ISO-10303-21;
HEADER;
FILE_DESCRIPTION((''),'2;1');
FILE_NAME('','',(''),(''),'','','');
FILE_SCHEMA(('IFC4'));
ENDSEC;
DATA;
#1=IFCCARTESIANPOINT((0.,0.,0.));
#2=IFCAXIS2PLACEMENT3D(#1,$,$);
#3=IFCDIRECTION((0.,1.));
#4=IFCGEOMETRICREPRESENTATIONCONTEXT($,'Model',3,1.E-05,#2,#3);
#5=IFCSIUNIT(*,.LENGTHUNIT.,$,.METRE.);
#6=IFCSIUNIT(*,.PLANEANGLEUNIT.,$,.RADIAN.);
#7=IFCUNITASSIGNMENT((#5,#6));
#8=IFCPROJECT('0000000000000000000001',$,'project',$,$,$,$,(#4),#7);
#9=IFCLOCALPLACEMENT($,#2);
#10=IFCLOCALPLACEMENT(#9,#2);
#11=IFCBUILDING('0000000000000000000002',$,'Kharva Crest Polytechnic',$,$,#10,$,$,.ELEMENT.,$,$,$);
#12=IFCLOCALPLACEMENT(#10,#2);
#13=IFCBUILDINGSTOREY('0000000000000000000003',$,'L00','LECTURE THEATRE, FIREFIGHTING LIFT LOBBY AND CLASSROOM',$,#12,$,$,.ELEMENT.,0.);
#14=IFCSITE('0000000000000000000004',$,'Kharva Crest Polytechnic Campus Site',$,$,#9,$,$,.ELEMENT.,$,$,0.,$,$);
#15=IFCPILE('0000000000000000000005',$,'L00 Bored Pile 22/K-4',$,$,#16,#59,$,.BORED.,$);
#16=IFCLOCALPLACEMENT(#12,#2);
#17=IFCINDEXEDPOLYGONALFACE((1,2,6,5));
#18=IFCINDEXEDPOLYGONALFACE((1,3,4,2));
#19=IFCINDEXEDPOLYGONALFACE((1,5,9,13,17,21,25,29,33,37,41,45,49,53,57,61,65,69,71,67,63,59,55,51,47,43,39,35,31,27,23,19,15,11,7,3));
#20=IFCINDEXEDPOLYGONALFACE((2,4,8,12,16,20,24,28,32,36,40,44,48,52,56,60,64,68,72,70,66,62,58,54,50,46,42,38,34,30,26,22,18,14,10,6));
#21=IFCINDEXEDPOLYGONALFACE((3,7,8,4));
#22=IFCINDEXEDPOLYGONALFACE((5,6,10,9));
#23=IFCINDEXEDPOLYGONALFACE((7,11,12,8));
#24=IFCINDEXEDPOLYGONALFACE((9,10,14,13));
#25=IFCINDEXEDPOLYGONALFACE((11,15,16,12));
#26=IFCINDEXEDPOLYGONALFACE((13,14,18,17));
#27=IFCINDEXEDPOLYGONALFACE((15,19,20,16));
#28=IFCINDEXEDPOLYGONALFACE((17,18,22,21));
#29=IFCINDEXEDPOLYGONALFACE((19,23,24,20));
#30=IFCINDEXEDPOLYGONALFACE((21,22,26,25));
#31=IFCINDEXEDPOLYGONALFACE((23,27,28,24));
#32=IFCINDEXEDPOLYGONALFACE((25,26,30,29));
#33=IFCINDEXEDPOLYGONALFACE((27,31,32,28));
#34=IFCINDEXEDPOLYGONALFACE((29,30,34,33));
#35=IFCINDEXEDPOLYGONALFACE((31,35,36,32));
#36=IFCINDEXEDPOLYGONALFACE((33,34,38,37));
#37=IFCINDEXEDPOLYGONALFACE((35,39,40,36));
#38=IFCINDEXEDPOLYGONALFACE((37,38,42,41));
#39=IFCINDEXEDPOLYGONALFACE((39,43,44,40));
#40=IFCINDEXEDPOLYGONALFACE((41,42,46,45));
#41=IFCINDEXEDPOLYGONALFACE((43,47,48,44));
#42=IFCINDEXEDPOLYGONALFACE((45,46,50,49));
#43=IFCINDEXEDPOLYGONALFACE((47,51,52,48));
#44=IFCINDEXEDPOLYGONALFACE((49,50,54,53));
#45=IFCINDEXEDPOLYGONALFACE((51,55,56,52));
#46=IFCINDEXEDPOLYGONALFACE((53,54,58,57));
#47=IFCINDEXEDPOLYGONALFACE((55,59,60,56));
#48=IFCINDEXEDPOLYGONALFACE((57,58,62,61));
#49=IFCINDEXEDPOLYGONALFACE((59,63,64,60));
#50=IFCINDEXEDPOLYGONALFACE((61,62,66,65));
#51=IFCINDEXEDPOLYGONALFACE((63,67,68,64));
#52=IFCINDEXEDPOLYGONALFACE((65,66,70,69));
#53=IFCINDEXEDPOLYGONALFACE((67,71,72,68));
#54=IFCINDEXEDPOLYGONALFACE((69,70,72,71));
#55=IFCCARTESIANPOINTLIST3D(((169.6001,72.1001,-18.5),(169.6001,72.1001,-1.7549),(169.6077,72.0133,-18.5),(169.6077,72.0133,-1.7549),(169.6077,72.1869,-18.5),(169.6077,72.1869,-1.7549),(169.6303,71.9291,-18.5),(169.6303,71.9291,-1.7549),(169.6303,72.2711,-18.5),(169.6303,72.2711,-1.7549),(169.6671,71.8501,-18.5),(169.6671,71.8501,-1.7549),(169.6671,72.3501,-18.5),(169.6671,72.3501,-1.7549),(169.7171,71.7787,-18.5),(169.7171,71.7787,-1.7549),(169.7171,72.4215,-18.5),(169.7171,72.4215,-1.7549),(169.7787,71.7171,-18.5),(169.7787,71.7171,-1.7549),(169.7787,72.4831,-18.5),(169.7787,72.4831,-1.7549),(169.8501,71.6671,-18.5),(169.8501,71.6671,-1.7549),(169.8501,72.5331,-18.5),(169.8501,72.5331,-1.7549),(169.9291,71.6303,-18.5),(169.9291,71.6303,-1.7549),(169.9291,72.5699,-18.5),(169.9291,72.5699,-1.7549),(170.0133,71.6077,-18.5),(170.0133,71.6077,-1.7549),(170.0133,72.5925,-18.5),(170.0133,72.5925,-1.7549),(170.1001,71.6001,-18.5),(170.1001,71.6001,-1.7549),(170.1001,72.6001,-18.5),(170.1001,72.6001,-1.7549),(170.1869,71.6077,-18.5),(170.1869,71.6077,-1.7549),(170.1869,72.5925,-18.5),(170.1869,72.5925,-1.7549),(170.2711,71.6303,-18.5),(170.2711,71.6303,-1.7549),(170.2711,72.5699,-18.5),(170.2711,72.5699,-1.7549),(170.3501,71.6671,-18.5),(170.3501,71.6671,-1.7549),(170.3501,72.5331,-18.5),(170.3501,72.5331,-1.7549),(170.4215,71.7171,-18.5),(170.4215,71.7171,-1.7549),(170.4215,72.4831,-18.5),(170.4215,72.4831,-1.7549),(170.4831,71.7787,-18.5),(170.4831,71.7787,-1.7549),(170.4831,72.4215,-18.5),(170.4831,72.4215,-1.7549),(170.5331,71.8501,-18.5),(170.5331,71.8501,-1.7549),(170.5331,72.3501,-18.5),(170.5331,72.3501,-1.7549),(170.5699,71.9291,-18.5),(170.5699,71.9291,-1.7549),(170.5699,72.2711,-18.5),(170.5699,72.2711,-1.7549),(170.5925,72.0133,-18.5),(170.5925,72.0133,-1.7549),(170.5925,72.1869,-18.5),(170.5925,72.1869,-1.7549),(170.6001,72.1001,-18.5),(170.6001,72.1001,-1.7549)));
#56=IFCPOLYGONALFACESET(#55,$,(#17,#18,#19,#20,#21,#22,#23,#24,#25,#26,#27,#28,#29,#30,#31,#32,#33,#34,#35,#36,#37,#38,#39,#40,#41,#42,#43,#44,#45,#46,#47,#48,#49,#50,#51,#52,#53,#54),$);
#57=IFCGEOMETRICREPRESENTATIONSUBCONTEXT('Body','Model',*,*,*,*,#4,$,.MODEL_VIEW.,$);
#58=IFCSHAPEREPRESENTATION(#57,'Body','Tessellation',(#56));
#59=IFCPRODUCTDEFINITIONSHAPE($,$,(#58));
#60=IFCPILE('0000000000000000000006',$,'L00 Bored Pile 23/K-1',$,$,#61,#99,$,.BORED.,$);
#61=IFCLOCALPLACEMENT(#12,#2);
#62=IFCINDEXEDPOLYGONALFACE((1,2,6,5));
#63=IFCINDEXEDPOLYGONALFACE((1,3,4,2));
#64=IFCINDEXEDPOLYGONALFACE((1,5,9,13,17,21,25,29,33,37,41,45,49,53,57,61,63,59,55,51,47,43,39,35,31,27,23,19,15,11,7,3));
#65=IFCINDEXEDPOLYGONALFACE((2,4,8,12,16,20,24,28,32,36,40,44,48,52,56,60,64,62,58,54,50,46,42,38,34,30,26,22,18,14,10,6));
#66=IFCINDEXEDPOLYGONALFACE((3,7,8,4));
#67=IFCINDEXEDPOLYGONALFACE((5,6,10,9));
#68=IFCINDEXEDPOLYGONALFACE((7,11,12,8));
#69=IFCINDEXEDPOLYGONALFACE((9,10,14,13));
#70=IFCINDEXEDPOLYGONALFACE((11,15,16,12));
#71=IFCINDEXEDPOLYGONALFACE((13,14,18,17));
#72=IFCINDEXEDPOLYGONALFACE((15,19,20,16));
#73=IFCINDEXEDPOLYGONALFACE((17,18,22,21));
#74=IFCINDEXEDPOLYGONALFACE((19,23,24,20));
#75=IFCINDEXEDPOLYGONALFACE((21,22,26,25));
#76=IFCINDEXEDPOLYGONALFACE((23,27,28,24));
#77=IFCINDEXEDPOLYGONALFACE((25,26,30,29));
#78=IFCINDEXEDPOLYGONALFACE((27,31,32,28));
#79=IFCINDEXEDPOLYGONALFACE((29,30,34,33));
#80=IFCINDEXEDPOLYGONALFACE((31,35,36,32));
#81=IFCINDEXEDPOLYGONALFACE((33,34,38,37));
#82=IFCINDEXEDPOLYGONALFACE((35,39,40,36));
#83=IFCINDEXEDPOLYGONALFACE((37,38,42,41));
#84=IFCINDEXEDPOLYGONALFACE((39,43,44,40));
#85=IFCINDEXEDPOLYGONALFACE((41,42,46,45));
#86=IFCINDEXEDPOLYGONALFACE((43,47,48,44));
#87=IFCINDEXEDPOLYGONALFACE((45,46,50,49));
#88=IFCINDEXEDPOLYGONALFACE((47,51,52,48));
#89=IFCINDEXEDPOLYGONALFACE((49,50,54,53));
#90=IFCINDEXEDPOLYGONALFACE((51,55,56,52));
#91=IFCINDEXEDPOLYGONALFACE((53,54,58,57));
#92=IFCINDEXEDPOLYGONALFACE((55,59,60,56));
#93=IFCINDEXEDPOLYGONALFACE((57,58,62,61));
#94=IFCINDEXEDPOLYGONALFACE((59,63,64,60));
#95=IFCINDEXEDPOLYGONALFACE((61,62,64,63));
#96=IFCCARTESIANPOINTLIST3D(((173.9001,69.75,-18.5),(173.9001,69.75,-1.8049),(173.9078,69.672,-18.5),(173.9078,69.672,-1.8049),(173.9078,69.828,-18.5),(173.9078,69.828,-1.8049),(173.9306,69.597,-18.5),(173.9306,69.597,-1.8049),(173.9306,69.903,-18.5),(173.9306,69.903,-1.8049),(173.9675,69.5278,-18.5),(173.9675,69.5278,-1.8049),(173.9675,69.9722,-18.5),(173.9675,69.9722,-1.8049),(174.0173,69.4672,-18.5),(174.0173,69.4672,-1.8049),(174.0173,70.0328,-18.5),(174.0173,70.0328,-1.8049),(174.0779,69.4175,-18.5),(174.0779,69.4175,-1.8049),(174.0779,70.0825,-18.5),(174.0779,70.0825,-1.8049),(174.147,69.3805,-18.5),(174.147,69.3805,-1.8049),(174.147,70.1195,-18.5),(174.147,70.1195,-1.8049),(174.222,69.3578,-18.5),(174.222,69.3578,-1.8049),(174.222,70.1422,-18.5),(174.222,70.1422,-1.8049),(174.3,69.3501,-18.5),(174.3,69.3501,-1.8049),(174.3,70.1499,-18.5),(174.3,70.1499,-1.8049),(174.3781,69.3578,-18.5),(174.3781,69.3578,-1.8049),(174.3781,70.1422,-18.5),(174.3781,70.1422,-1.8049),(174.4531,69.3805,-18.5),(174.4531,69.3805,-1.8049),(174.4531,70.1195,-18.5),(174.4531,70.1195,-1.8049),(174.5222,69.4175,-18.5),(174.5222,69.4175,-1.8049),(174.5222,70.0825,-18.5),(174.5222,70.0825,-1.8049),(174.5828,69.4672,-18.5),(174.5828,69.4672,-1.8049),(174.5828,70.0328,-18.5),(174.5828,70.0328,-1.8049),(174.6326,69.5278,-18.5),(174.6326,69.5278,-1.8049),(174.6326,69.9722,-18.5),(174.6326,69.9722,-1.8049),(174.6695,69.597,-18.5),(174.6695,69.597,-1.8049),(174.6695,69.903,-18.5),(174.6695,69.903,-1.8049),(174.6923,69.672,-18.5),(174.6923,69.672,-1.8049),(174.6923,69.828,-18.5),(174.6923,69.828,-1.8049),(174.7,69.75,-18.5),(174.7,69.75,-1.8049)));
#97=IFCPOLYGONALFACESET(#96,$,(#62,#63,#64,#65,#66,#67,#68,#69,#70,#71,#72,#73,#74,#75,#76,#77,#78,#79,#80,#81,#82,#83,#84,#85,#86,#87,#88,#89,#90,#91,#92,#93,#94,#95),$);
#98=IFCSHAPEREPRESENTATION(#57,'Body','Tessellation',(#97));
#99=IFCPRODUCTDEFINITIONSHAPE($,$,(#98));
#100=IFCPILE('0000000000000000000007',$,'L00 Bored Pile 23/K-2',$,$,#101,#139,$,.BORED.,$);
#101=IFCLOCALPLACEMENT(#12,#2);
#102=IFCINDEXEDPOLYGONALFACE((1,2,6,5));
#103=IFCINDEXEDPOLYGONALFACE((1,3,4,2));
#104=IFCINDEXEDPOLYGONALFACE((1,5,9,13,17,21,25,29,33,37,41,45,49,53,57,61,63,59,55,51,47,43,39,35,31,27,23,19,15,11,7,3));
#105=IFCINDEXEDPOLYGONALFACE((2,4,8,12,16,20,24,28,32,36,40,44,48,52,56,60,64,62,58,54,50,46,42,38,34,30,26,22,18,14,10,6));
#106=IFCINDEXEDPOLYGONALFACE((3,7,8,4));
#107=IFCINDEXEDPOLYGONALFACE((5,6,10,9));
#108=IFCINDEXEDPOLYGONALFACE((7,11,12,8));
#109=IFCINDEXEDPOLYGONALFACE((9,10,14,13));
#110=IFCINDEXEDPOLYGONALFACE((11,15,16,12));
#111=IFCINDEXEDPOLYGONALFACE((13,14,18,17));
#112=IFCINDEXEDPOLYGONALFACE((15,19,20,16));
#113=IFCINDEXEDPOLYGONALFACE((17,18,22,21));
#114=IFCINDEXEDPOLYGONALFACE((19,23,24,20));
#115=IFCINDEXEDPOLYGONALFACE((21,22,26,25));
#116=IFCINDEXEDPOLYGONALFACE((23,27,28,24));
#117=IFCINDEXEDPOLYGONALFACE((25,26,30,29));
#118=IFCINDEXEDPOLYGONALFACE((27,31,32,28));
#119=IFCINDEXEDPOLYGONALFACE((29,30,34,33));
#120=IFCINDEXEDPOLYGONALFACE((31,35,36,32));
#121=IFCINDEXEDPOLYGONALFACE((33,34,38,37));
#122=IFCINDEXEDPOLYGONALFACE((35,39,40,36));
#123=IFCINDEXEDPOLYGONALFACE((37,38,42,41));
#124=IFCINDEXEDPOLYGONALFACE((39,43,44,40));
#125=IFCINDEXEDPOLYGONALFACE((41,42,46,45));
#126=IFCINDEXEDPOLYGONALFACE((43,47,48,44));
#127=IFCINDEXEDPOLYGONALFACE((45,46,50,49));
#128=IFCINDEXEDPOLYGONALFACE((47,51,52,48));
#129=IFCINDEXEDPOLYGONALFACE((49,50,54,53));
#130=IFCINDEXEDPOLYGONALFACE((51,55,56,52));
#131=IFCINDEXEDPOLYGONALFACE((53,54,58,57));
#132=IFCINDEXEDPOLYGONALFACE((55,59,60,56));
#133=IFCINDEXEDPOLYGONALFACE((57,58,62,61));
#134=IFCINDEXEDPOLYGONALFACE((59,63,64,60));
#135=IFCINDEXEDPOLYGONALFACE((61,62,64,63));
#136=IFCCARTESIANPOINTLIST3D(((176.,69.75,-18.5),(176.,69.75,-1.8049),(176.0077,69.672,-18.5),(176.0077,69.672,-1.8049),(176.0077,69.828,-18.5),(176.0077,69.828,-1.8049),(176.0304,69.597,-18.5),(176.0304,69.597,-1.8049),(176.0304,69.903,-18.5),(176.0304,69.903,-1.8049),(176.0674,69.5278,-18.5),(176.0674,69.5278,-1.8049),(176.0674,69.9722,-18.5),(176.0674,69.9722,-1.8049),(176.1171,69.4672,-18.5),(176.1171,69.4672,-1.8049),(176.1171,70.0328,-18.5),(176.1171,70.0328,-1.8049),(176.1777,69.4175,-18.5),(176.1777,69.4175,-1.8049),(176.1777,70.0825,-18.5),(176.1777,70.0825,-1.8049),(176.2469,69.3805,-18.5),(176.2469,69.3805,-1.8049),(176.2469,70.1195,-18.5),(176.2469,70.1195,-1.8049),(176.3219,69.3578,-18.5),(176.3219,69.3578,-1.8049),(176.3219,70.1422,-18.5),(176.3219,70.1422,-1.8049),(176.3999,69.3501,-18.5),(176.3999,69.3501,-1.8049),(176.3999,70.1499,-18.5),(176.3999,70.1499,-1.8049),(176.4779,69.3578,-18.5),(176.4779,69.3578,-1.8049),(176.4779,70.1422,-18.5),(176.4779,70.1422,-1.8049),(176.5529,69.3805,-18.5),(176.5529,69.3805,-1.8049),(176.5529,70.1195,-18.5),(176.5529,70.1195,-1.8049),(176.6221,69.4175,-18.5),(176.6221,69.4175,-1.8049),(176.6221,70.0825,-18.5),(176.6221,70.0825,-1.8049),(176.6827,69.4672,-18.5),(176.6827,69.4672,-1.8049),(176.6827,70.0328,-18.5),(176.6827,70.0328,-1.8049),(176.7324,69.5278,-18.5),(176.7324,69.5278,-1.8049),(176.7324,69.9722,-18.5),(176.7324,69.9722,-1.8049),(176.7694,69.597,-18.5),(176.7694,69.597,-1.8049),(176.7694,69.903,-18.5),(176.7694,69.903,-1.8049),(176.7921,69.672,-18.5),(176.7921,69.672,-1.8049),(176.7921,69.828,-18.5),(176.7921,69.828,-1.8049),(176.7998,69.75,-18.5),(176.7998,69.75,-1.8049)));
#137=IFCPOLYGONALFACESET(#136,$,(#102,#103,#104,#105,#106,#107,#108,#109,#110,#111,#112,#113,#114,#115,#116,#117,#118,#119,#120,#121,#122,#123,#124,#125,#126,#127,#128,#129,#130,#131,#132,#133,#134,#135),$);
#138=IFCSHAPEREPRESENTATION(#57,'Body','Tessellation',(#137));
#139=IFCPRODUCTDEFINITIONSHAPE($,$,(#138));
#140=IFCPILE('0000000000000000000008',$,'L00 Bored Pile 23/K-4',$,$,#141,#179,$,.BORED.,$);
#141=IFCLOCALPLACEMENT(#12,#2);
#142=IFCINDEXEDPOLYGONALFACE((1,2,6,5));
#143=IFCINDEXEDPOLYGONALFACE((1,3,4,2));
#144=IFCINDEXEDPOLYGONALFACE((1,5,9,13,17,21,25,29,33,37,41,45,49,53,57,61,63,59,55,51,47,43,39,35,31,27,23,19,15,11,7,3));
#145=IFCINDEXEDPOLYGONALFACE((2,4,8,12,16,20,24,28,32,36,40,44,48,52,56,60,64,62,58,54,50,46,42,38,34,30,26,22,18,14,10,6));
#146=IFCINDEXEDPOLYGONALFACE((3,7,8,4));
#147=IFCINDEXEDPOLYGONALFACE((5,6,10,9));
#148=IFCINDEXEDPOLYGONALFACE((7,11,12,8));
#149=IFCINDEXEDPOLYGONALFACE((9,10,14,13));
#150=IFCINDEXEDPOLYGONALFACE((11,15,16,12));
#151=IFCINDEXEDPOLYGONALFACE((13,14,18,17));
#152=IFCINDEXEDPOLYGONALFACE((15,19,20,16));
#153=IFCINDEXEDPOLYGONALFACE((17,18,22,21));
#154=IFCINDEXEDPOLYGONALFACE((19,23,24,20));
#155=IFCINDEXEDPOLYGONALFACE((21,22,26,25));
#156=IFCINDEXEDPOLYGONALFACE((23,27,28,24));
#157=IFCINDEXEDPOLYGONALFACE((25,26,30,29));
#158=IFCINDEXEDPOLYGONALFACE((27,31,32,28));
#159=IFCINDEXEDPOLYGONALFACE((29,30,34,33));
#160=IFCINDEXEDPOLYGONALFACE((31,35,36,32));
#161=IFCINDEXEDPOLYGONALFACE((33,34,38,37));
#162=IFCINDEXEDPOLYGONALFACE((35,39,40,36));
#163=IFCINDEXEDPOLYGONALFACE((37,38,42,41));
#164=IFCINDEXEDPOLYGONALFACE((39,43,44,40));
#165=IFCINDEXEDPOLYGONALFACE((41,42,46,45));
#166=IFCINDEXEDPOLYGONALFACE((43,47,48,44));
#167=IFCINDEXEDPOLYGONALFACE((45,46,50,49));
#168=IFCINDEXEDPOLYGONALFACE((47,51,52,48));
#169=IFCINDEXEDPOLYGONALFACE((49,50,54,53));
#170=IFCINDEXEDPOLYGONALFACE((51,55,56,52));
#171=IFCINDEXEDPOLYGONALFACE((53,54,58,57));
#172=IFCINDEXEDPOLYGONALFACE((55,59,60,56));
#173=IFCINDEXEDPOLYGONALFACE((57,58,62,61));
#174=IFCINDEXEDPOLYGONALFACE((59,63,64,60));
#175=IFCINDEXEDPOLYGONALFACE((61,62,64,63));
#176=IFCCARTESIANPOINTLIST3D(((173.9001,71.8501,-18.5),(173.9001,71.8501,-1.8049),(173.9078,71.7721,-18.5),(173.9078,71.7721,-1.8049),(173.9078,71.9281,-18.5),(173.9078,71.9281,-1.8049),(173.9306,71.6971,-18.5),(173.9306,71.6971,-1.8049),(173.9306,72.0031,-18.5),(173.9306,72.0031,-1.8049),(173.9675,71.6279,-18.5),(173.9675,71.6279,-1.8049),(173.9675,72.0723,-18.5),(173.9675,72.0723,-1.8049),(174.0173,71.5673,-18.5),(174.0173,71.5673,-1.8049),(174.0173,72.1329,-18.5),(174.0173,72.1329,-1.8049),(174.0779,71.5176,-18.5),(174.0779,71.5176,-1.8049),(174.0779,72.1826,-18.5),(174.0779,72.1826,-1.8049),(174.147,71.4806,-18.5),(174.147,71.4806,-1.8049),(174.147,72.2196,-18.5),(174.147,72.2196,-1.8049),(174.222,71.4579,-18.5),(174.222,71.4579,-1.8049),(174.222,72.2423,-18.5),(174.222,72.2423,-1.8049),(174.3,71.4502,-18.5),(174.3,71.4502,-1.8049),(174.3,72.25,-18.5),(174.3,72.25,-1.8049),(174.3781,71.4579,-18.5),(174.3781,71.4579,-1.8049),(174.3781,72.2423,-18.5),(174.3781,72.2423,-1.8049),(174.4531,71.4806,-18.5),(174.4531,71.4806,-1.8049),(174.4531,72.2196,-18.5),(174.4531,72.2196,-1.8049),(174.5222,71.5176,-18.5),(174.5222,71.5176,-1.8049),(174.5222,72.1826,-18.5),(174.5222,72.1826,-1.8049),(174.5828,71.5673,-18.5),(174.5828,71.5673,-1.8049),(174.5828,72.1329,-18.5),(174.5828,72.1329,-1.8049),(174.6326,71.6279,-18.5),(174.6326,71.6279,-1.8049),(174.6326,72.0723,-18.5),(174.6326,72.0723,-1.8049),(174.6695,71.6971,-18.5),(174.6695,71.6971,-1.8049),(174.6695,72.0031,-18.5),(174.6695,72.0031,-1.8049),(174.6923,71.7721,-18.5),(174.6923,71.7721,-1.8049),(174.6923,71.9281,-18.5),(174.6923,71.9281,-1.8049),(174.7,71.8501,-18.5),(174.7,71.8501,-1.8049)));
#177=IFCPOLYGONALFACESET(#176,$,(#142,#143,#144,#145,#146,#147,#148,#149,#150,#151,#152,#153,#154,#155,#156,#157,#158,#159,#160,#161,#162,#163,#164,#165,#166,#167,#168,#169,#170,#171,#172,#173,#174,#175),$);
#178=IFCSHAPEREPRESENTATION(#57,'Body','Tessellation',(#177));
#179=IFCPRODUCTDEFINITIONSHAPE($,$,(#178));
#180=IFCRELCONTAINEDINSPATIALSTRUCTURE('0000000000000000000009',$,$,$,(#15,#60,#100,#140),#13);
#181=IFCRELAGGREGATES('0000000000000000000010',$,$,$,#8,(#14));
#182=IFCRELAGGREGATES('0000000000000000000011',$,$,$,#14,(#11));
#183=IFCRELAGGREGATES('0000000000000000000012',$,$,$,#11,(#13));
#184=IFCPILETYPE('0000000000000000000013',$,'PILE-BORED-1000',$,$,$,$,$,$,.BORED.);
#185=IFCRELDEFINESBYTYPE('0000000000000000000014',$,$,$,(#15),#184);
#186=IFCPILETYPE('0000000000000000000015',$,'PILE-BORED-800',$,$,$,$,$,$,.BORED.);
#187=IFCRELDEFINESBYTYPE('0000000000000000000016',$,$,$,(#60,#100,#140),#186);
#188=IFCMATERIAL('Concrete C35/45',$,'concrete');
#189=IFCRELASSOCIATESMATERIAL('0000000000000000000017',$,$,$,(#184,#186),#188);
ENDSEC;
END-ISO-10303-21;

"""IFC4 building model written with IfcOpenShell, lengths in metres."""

from ifc_helpers import new_model, si_unit, direction, frame, origin, origin_2d, place, context, subcontext, project, spatial, circle, extrude, material, material_profile, profile_set, type_object, element, save


model = new_model("IFC4")

# Units and contexts
model_context = context("Model", 3, precision=1e-05, world=origin(), true_north=direction((0.0, 1.0)))
body_context = subcontext(model_context, "Body", "Model", "MODEL_VIEW")
ifc_project = project(units=[si_unit("LENGTHUNIT", "METRE"), si_unit("PLANEANGLEUNIT", "RADIAN")], contexts=[model_context])

# Site, building, storey
site_placement = place(None, origin())
site = spatial("IfcSite", under=ifc_project, at=site_placement, Name="Kharva Crest Polytechnic Campus Site", CompositionType="ELEMENT", RefElevation=0.0)
building_placement = place(site_placement, origin())
building = spatial("IfcBuilding", under=site, at=building_placement, Name="Kharva Crest Polytechnic", CompositionType="ELEMENT")
storey_placement = place(building_placement, origin())
storey = spatial("IfcBuildingStorey", under=building, at=storey_placement, Name="L00", Description="LECTURE THEATRE, FIREFIGHTING LIFT LOBBY AND CLASSROOM", CompositionType="ELEMENT", Elevation=0.0)

# Shared definitions
ifc_material_1 = material(Name="Concrete C35/45", Category="concrete")

# Piles
ifc_material_profile_1 = material_profile(ifc_material_1, circle(Radius=0.5, at=origin_2d()), Name="DIA 1000")
ifc_profile_set_1 = profile_set([ifc_material_profile_1], Name="Concrete C35/45")
pile_type_1 = type_object("IfcPileType", Name="PILE-BORED-1000", PredefinedType="BORED", material=ifc_profile_set_1)
for number, where, z_axis, x_axis, name in (
    (1, (170.1001, 72.1001, -1.7549), (0.0, 0.0, -1.0), (1.0, 0.0, 0.0), "L00 Bored Pile 22/K-4"),
):
    element("IfcPile", number, at=place(storey_placement, frame(where, z_axis=z_axis, x_axis=x_axis)), inside=storey, type_object=pile_type_1, Name=name, PredefinedType="BORED", context=body_context, shape_type="SweptSolid", body=[
        extrude(circle(Radius=0.5, at=origin_2d()), origin(), (0.0, 0.0, 1.0), 16.7451),
    ])
ifc_material_profile_2 = material_profile(ifc_material_1, circle(Radius=0.3999, at=origin_2d()), Name="DIA 800")
ifc_profile_set_2 = profile_set([ifc_material_profile_2], Name="Concrete C35/45")
pile_type_2 = type_object("IfcPileType", Name="PILE-BORED-800", PredefinedType="BORED", material=ifc_profile_set_2)
for number, where, z_axis, x_axis, name in (
    (2, (174.3, 69.75, -1.8049), (0.0, 0.0, -1.0), (1.0, 0.0, 0.0), "L00 Bored Pile 23/K-1"),
    (3, (176.3999, 69.75, -1.8049), (0.0, 0.0, -1.0), (1.0, 0.0, 0.0), "L00 Bored Pile 23/K-2"),
    (4, (174.3, 71.8501, -1.8049), (0.0, 0.0, -1.0), (1.0, 0.0, 0.0), "L00 Bored Pile 23/K-4"),
):
    element("IfcPile", number, at=place(storey_placement, frame(where, z_axis=z_axis, x_axis=x_axis)), inside=storey, type_object=pile_type_2, Name=name, PredefinedType="BORED", context=body_context, shape_type="SweptSolid", body=[
        extrude(circle(Radius=0.3999, at=origin_2d()), origin(), (0.0, 0.0, 1.0), 16.6951),
    ])

save(model, "model.ifc")
